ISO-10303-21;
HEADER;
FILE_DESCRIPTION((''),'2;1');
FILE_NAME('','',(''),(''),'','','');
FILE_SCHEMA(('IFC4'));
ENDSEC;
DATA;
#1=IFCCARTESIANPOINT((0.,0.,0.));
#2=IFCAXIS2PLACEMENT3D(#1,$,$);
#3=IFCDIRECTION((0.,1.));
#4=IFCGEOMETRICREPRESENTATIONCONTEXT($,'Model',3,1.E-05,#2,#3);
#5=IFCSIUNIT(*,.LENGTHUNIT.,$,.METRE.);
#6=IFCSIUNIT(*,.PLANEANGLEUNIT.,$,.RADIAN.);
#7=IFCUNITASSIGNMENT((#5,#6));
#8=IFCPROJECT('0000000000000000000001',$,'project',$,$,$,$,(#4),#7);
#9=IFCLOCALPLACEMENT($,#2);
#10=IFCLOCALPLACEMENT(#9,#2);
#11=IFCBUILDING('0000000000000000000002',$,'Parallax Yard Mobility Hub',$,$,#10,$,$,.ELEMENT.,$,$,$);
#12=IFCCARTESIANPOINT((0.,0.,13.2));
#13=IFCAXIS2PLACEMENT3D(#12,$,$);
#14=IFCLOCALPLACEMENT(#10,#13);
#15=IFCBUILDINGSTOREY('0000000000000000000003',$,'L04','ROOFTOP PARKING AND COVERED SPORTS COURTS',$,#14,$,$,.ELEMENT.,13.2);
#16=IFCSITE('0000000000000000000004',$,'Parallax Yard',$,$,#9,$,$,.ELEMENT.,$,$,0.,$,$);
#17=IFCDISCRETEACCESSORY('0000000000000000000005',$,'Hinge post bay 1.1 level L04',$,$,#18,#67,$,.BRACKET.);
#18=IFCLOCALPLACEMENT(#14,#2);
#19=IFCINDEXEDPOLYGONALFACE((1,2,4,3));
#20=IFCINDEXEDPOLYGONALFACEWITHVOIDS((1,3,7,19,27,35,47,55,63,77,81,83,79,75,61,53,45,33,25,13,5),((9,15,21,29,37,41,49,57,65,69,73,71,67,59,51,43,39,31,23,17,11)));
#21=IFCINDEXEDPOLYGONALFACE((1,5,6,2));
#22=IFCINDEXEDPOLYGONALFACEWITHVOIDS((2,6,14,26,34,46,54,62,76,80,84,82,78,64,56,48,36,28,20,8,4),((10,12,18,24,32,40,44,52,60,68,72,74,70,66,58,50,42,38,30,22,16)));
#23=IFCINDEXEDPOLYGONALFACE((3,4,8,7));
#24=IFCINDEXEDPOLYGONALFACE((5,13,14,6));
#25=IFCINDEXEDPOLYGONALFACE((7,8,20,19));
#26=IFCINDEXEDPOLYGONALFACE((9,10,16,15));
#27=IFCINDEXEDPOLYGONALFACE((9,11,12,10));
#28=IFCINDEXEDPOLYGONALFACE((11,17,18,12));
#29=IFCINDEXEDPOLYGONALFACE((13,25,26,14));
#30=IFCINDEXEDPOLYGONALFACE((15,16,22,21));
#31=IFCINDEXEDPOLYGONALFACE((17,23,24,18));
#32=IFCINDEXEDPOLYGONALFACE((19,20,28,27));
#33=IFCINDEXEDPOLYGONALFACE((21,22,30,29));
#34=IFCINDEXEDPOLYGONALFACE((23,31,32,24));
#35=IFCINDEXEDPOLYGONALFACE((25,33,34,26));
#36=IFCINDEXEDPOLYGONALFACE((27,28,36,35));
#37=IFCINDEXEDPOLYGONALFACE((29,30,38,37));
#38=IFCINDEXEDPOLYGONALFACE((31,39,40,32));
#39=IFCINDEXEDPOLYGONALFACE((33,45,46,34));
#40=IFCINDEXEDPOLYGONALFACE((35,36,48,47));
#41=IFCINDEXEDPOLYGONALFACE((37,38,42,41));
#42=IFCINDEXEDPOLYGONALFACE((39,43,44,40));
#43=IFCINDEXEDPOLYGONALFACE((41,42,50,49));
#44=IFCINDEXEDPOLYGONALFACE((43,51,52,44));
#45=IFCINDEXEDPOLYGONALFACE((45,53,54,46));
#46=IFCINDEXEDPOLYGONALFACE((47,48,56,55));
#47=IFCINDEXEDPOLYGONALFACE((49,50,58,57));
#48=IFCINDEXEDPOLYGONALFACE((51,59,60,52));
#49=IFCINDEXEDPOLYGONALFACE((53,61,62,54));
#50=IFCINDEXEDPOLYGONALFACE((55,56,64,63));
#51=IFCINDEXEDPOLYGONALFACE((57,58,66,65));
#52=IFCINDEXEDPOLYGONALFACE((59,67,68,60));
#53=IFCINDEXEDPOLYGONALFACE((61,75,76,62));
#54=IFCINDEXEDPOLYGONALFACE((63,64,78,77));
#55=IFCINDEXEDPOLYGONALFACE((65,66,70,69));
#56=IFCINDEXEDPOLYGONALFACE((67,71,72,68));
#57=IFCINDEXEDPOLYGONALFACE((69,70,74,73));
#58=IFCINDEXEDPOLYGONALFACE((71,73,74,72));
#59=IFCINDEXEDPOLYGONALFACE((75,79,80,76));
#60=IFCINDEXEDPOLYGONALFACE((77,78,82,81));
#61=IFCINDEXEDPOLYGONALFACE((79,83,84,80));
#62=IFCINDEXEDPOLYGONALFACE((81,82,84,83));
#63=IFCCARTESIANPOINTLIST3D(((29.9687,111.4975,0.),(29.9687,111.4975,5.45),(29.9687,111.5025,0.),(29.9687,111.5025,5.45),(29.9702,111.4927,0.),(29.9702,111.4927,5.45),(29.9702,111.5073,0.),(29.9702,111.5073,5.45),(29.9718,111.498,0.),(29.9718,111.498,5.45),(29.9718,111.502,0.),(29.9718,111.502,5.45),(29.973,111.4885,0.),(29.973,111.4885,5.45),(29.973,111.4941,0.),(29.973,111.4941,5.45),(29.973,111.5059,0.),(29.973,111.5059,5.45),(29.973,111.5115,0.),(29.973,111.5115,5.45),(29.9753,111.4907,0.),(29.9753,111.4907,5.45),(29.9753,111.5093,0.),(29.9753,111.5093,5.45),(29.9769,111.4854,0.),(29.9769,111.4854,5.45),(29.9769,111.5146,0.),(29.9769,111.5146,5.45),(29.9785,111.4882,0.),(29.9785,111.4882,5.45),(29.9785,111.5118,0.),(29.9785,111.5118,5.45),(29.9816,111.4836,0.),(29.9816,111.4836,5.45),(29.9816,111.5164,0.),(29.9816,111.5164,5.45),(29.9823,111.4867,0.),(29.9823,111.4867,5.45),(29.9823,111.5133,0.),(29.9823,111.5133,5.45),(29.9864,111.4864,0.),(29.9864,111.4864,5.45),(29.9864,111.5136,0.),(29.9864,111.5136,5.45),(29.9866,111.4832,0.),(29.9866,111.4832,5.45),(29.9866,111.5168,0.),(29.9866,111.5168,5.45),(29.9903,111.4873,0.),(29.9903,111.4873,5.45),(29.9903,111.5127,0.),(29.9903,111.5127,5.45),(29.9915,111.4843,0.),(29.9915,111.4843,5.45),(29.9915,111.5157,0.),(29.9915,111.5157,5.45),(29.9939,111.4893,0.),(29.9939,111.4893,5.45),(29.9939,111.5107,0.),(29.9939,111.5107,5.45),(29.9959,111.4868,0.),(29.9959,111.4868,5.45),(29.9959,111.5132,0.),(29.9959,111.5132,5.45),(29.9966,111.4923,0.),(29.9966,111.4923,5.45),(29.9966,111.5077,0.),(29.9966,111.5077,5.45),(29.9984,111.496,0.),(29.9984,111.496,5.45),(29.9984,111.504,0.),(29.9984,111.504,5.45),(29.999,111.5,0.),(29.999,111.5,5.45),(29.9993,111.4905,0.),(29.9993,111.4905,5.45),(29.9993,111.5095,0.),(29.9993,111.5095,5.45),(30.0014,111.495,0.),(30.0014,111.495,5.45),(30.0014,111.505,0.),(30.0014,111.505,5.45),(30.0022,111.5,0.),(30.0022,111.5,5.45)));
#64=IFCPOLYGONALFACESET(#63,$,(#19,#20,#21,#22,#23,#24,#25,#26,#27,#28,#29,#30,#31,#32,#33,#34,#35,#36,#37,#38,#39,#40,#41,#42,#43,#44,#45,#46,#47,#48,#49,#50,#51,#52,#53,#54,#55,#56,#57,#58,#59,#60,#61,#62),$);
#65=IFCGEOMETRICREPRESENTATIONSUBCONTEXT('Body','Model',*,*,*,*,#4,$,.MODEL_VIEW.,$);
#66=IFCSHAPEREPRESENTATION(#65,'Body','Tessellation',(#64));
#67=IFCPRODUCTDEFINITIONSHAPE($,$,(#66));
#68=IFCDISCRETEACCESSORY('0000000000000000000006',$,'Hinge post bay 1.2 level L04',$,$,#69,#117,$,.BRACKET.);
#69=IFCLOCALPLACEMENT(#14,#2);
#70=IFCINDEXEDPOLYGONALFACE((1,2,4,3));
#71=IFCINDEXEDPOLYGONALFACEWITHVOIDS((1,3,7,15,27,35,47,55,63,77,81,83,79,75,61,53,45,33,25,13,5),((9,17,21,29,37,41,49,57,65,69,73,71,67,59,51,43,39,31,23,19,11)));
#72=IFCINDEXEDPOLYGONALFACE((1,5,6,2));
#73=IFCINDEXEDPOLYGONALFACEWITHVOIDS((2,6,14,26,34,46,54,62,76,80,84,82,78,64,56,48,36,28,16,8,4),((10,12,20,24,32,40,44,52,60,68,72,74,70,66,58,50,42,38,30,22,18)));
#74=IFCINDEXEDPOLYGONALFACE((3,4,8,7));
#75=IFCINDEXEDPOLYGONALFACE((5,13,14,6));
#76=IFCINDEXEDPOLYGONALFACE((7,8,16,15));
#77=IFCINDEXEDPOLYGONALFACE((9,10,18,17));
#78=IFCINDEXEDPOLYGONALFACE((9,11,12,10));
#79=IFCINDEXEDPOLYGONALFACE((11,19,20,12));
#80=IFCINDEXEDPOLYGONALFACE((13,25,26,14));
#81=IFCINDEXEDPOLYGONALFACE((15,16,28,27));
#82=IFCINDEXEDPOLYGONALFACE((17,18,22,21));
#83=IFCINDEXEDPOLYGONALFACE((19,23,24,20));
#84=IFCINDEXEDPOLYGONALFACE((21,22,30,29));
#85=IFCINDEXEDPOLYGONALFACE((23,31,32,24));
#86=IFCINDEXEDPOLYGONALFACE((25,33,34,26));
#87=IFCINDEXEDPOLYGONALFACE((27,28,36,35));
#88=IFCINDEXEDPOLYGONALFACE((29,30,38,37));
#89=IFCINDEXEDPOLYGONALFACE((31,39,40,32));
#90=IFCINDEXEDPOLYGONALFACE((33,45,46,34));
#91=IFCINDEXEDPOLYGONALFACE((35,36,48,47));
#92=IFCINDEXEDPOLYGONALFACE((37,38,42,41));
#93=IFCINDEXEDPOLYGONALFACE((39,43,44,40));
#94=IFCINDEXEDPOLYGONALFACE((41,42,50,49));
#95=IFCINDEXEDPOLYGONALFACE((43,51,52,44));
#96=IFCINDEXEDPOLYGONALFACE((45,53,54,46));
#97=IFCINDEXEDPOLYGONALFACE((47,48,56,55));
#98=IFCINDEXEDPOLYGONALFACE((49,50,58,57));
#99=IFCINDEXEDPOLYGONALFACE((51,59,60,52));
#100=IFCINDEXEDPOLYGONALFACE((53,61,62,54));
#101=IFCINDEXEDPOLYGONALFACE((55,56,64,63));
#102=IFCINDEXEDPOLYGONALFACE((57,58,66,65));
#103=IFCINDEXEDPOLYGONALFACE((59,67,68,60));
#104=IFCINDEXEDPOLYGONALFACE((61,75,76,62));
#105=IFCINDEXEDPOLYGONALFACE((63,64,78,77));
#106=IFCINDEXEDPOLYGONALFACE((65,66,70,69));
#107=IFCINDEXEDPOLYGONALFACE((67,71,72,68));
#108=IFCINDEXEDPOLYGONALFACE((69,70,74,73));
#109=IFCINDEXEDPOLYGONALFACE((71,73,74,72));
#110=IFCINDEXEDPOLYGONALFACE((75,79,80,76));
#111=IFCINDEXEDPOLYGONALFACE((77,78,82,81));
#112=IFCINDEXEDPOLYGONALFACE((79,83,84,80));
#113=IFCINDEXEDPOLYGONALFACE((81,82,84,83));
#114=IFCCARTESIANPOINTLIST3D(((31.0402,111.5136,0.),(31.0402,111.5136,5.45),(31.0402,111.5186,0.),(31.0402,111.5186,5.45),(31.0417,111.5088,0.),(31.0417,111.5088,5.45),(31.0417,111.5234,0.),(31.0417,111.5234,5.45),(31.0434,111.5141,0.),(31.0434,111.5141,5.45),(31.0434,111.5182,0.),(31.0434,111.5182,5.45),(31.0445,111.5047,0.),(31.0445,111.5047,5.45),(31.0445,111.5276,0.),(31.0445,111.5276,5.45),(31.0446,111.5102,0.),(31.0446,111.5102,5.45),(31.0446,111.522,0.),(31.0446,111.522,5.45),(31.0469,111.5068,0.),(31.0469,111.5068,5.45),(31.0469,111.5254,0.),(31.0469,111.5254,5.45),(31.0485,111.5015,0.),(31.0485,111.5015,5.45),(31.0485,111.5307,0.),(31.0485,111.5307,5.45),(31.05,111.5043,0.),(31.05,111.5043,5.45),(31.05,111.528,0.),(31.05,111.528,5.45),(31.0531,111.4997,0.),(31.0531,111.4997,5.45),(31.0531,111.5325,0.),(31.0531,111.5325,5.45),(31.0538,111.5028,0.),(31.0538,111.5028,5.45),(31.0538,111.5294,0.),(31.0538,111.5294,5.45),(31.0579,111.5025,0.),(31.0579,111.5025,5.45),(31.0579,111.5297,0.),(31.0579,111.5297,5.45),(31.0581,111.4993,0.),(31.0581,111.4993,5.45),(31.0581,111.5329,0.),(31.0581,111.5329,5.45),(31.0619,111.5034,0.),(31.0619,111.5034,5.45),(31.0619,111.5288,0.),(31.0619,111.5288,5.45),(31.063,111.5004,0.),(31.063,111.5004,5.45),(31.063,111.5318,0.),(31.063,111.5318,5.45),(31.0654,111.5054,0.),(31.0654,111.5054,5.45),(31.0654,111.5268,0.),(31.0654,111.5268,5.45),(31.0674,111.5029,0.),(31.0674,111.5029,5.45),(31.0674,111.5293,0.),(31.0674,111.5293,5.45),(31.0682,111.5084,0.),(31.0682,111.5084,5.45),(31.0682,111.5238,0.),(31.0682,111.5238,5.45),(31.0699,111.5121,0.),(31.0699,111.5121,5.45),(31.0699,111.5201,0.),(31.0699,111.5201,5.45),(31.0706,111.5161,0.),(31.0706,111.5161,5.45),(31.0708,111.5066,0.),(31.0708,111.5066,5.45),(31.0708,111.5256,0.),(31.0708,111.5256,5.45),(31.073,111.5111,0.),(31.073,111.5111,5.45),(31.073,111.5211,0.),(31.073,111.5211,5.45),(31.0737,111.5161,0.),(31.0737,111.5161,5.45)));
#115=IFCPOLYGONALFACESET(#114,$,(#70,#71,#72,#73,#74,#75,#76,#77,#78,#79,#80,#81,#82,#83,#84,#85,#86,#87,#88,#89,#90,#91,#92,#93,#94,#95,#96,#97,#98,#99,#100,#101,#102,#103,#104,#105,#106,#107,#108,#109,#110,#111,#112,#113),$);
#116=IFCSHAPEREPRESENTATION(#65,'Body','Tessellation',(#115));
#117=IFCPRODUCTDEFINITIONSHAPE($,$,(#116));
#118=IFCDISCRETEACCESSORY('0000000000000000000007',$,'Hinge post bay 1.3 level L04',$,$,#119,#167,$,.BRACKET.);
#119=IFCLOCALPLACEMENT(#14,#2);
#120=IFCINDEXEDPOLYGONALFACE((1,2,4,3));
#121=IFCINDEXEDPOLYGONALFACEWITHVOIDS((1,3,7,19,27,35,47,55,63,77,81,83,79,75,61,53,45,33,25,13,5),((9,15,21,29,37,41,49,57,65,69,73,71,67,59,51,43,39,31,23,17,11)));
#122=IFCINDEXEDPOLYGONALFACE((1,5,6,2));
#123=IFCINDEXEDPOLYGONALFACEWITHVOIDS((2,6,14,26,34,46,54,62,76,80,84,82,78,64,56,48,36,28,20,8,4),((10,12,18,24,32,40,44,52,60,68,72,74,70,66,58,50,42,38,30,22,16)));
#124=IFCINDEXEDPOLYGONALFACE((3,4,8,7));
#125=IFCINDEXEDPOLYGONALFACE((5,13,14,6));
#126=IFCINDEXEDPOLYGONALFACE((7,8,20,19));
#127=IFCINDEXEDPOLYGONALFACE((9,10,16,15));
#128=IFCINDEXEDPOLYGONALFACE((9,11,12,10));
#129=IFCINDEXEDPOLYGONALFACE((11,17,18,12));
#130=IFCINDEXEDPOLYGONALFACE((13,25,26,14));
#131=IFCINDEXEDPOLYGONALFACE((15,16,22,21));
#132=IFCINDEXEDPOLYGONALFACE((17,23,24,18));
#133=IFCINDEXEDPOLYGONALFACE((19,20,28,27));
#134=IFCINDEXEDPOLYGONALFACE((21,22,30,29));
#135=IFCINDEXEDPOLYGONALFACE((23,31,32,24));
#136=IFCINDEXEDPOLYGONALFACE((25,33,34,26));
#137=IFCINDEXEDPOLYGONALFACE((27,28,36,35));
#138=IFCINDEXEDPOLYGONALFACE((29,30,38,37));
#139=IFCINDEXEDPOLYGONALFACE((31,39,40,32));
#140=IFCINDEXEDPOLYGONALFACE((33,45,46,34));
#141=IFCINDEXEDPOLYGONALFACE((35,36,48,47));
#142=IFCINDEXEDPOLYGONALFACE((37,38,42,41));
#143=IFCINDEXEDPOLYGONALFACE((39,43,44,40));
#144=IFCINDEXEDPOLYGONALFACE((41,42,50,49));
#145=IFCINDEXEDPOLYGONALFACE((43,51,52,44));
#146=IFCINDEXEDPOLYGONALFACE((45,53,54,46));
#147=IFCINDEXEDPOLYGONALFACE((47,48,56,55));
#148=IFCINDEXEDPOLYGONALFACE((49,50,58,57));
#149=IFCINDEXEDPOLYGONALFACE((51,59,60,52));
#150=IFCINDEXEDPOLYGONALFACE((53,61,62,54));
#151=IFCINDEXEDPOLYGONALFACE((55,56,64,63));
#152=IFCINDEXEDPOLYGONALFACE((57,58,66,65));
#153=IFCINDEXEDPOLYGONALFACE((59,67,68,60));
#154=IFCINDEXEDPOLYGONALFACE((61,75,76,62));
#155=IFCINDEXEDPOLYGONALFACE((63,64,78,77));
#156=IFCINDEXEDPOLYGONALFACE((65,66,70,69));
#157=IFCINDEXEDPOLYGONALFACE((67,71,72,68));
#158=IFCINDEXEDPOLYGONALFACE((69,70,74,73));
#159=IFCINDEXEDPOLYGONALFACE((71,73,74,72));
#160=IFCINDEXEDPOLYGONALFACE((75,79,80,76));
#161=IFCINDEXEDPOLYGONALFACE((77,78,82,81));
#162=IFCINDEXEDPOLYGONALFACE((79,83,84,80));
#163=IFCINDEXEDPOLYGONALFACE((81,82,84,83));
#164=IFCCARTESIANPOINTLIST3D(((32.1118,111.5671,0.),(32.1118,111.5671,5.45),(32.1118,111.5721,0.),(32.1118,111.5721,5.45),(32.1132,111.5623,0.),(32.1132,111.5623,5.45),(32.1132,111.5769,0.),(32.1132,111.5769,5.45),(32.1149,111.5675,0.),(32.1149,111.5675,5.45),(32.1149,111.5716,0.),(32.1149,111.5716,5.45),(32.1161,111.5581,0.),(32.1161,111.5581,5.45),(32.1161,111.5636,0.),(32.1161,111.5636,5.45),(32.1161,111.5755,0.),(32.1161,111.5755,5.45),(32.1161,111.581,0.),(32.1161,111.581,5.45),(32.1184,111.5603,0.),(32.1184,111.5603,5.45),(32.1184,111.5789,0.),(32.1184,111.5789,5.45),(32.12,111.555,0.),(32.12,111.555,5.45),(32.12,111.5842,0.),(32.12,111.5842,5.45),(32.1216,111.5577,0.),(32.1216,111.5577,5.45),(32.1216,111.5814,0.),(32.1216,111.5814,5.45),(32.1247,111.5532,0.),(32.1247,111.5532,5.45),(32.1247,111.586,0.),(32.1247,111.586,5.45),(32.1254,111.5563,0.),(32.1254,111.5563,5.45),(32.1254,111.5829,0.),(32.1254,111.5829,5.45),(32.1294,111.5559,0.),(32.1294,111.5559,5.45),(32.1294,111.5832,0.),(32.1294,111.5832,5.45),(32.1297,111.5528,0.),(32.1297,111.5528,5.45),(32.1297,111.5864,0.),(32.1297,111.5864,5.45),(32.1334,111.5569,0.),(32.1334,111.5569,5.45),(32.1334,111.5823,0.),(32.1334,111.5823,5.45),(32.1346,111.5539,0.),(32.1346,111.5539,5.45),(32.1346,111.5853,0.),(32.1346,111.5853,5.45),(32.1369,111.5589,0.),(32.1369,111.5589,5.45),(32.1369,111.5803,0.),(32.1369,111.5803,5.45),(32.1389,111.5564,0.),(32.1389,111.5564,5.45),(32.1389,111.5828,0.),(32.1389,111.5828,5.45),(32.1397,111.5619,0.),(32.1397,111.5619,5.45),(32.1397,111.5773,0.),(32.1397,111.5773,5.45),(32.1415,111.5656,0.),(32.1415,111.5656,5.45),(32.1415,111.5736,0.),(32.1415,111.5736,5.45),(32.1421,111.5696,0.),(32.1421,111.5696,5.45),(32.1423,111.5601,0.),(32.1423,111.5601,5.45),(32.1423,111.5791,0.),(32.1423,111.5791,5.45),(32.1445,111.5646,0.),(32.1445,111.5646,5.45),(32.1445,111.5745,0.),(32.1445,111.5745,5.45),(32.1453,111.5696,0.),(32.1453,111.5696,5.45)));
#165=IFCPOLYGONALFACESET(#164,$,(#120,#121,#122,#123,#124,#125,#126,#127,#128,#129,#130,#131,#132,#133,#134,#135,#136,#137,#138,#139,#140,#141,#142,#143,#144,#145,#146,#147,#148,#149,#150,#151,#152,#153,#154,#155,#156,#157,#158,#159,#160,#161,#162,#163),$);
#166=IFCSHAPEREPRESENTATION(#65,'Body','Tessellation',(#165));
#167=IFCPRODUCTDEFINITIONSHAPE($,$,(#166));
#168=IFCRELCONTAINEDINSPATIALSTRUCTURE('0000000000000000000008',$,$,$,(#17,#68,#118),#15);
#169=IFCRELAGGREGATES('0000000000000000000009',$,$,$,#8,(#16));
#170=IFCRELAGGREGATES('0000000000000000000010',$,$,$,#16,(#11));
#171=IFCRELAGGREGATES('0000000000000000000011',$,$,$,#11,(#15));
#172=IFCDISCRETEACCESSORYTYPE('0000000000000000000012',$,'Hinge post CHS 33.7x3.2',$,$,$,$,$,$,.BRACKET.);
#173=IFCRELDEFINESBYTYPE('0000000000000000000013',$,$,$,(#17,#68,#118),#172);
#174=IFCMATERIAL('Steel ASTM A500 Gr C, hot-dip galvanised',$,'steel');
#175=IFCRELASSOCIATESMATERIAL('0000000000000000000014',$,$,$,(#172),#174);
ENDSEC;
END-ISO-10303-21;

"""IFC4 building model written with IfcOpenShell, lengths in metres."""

from ifc_helpers import new_model, si_unit, direction, frame, origin, origin_2d, place, context, subcontext, project, spatial, hollow_circle, extrude, material, material_profile, profile_set, type_object, element, save


model = new_model("IFC4")

# Units and contexts
model_context = context("Model", 3, precision=1e-05, world=origin(), true_north=direction((0.0, 1.0)))
body_context = subcontext(model_context, "Body", "Model", "MODEL_VIEW")
ifc_project = project(units=[si_unit("LENGTHUNIT", "METRE"), si_unit("PLANEANGLEUNIT", "RADIAN")], contexts=[model_context])

# Site, building, storey
site_placement = place(None, origin())
site = spatial("IfcSite", under=ifc_project, at=site_placement, Name="Parallax Yard", CompositionType="ELEMENT", RefElevation=0.0)
building_placement = place(site_placement, origin())
building = spatial("IfcBuilding", under=site, at=building_placement, Name="Parallax Yard Mobility Hub", CompositionType="ELEMENT")
storey_placement = place(building_placement, frame((0.0, 0.0, 13.2)))
storey = spatial("IfcBuildingStorey", under=building, at=storey_placement, Name="L04", Description="ROOFTOP PARKING AND COVERED SPORTS COURTS", CompositionType="ELEMENT", Elevation=13.2)

# Discrete accessories
ifc_material_1 = material(Name="Steel ASTM A500 Gr C, hot-dip galvanised", Category="steel")
ifc_material_profile = material_profile(ifc_material_1, hollow_circle(Radius=0.0168, WallThickness=0.0032, at=origin_2d()), Name="CHS 33.7x3.2")
ifc_profile_set = profile_set([ifc_material_profile], Name="Steel ASTM A500 Gr C, hot-dip galvanised")
discrete_accessory_type = type_object("IfcDiscreteAccessoryType", Name="Hinge post CHS 33.7x3.2", PredefinedType="BRACKET", material=ifc_profile_set)
for number, where, z_axis, x_axis, name in (
    (1, (29.9854, 111.5, 0.0), (0.0, 0.0, 1.0), (1.0, 0.0, 0.0), "Hinge post bay 1.1 level L04"),
    (2, (31.0569, 111.5161, 0.0), (0.0, 0.0, 1.0), (1.0, 0.0, 0.0), "Hinge post bay 1.2 level L04"),
    (3, (32.1284, 111.5696, 0.0), (0.0, 0.0, 1.0), (1.0, 0.0, 0.0), "Hinge post bay 1.3 level L04"),
):
    element("IfcDiscreteAccessory", number, at=place(storey_placement, frame(where, z_axis=z_axis, x_axis=x_axis)), inside=storey, type_object=discrete_accessory_type, Name=name, PredefinedType="BRACKET", context=body_context, shape_type="SweptSolid", body=[
        extrude(hollow_circle(Radius=0.0168, WallThickness=0.0032, at=origin_2d()), origin(), (0.0, 0.0, 1.0), 5.45),
    ])

save(model, "model.ifc")
